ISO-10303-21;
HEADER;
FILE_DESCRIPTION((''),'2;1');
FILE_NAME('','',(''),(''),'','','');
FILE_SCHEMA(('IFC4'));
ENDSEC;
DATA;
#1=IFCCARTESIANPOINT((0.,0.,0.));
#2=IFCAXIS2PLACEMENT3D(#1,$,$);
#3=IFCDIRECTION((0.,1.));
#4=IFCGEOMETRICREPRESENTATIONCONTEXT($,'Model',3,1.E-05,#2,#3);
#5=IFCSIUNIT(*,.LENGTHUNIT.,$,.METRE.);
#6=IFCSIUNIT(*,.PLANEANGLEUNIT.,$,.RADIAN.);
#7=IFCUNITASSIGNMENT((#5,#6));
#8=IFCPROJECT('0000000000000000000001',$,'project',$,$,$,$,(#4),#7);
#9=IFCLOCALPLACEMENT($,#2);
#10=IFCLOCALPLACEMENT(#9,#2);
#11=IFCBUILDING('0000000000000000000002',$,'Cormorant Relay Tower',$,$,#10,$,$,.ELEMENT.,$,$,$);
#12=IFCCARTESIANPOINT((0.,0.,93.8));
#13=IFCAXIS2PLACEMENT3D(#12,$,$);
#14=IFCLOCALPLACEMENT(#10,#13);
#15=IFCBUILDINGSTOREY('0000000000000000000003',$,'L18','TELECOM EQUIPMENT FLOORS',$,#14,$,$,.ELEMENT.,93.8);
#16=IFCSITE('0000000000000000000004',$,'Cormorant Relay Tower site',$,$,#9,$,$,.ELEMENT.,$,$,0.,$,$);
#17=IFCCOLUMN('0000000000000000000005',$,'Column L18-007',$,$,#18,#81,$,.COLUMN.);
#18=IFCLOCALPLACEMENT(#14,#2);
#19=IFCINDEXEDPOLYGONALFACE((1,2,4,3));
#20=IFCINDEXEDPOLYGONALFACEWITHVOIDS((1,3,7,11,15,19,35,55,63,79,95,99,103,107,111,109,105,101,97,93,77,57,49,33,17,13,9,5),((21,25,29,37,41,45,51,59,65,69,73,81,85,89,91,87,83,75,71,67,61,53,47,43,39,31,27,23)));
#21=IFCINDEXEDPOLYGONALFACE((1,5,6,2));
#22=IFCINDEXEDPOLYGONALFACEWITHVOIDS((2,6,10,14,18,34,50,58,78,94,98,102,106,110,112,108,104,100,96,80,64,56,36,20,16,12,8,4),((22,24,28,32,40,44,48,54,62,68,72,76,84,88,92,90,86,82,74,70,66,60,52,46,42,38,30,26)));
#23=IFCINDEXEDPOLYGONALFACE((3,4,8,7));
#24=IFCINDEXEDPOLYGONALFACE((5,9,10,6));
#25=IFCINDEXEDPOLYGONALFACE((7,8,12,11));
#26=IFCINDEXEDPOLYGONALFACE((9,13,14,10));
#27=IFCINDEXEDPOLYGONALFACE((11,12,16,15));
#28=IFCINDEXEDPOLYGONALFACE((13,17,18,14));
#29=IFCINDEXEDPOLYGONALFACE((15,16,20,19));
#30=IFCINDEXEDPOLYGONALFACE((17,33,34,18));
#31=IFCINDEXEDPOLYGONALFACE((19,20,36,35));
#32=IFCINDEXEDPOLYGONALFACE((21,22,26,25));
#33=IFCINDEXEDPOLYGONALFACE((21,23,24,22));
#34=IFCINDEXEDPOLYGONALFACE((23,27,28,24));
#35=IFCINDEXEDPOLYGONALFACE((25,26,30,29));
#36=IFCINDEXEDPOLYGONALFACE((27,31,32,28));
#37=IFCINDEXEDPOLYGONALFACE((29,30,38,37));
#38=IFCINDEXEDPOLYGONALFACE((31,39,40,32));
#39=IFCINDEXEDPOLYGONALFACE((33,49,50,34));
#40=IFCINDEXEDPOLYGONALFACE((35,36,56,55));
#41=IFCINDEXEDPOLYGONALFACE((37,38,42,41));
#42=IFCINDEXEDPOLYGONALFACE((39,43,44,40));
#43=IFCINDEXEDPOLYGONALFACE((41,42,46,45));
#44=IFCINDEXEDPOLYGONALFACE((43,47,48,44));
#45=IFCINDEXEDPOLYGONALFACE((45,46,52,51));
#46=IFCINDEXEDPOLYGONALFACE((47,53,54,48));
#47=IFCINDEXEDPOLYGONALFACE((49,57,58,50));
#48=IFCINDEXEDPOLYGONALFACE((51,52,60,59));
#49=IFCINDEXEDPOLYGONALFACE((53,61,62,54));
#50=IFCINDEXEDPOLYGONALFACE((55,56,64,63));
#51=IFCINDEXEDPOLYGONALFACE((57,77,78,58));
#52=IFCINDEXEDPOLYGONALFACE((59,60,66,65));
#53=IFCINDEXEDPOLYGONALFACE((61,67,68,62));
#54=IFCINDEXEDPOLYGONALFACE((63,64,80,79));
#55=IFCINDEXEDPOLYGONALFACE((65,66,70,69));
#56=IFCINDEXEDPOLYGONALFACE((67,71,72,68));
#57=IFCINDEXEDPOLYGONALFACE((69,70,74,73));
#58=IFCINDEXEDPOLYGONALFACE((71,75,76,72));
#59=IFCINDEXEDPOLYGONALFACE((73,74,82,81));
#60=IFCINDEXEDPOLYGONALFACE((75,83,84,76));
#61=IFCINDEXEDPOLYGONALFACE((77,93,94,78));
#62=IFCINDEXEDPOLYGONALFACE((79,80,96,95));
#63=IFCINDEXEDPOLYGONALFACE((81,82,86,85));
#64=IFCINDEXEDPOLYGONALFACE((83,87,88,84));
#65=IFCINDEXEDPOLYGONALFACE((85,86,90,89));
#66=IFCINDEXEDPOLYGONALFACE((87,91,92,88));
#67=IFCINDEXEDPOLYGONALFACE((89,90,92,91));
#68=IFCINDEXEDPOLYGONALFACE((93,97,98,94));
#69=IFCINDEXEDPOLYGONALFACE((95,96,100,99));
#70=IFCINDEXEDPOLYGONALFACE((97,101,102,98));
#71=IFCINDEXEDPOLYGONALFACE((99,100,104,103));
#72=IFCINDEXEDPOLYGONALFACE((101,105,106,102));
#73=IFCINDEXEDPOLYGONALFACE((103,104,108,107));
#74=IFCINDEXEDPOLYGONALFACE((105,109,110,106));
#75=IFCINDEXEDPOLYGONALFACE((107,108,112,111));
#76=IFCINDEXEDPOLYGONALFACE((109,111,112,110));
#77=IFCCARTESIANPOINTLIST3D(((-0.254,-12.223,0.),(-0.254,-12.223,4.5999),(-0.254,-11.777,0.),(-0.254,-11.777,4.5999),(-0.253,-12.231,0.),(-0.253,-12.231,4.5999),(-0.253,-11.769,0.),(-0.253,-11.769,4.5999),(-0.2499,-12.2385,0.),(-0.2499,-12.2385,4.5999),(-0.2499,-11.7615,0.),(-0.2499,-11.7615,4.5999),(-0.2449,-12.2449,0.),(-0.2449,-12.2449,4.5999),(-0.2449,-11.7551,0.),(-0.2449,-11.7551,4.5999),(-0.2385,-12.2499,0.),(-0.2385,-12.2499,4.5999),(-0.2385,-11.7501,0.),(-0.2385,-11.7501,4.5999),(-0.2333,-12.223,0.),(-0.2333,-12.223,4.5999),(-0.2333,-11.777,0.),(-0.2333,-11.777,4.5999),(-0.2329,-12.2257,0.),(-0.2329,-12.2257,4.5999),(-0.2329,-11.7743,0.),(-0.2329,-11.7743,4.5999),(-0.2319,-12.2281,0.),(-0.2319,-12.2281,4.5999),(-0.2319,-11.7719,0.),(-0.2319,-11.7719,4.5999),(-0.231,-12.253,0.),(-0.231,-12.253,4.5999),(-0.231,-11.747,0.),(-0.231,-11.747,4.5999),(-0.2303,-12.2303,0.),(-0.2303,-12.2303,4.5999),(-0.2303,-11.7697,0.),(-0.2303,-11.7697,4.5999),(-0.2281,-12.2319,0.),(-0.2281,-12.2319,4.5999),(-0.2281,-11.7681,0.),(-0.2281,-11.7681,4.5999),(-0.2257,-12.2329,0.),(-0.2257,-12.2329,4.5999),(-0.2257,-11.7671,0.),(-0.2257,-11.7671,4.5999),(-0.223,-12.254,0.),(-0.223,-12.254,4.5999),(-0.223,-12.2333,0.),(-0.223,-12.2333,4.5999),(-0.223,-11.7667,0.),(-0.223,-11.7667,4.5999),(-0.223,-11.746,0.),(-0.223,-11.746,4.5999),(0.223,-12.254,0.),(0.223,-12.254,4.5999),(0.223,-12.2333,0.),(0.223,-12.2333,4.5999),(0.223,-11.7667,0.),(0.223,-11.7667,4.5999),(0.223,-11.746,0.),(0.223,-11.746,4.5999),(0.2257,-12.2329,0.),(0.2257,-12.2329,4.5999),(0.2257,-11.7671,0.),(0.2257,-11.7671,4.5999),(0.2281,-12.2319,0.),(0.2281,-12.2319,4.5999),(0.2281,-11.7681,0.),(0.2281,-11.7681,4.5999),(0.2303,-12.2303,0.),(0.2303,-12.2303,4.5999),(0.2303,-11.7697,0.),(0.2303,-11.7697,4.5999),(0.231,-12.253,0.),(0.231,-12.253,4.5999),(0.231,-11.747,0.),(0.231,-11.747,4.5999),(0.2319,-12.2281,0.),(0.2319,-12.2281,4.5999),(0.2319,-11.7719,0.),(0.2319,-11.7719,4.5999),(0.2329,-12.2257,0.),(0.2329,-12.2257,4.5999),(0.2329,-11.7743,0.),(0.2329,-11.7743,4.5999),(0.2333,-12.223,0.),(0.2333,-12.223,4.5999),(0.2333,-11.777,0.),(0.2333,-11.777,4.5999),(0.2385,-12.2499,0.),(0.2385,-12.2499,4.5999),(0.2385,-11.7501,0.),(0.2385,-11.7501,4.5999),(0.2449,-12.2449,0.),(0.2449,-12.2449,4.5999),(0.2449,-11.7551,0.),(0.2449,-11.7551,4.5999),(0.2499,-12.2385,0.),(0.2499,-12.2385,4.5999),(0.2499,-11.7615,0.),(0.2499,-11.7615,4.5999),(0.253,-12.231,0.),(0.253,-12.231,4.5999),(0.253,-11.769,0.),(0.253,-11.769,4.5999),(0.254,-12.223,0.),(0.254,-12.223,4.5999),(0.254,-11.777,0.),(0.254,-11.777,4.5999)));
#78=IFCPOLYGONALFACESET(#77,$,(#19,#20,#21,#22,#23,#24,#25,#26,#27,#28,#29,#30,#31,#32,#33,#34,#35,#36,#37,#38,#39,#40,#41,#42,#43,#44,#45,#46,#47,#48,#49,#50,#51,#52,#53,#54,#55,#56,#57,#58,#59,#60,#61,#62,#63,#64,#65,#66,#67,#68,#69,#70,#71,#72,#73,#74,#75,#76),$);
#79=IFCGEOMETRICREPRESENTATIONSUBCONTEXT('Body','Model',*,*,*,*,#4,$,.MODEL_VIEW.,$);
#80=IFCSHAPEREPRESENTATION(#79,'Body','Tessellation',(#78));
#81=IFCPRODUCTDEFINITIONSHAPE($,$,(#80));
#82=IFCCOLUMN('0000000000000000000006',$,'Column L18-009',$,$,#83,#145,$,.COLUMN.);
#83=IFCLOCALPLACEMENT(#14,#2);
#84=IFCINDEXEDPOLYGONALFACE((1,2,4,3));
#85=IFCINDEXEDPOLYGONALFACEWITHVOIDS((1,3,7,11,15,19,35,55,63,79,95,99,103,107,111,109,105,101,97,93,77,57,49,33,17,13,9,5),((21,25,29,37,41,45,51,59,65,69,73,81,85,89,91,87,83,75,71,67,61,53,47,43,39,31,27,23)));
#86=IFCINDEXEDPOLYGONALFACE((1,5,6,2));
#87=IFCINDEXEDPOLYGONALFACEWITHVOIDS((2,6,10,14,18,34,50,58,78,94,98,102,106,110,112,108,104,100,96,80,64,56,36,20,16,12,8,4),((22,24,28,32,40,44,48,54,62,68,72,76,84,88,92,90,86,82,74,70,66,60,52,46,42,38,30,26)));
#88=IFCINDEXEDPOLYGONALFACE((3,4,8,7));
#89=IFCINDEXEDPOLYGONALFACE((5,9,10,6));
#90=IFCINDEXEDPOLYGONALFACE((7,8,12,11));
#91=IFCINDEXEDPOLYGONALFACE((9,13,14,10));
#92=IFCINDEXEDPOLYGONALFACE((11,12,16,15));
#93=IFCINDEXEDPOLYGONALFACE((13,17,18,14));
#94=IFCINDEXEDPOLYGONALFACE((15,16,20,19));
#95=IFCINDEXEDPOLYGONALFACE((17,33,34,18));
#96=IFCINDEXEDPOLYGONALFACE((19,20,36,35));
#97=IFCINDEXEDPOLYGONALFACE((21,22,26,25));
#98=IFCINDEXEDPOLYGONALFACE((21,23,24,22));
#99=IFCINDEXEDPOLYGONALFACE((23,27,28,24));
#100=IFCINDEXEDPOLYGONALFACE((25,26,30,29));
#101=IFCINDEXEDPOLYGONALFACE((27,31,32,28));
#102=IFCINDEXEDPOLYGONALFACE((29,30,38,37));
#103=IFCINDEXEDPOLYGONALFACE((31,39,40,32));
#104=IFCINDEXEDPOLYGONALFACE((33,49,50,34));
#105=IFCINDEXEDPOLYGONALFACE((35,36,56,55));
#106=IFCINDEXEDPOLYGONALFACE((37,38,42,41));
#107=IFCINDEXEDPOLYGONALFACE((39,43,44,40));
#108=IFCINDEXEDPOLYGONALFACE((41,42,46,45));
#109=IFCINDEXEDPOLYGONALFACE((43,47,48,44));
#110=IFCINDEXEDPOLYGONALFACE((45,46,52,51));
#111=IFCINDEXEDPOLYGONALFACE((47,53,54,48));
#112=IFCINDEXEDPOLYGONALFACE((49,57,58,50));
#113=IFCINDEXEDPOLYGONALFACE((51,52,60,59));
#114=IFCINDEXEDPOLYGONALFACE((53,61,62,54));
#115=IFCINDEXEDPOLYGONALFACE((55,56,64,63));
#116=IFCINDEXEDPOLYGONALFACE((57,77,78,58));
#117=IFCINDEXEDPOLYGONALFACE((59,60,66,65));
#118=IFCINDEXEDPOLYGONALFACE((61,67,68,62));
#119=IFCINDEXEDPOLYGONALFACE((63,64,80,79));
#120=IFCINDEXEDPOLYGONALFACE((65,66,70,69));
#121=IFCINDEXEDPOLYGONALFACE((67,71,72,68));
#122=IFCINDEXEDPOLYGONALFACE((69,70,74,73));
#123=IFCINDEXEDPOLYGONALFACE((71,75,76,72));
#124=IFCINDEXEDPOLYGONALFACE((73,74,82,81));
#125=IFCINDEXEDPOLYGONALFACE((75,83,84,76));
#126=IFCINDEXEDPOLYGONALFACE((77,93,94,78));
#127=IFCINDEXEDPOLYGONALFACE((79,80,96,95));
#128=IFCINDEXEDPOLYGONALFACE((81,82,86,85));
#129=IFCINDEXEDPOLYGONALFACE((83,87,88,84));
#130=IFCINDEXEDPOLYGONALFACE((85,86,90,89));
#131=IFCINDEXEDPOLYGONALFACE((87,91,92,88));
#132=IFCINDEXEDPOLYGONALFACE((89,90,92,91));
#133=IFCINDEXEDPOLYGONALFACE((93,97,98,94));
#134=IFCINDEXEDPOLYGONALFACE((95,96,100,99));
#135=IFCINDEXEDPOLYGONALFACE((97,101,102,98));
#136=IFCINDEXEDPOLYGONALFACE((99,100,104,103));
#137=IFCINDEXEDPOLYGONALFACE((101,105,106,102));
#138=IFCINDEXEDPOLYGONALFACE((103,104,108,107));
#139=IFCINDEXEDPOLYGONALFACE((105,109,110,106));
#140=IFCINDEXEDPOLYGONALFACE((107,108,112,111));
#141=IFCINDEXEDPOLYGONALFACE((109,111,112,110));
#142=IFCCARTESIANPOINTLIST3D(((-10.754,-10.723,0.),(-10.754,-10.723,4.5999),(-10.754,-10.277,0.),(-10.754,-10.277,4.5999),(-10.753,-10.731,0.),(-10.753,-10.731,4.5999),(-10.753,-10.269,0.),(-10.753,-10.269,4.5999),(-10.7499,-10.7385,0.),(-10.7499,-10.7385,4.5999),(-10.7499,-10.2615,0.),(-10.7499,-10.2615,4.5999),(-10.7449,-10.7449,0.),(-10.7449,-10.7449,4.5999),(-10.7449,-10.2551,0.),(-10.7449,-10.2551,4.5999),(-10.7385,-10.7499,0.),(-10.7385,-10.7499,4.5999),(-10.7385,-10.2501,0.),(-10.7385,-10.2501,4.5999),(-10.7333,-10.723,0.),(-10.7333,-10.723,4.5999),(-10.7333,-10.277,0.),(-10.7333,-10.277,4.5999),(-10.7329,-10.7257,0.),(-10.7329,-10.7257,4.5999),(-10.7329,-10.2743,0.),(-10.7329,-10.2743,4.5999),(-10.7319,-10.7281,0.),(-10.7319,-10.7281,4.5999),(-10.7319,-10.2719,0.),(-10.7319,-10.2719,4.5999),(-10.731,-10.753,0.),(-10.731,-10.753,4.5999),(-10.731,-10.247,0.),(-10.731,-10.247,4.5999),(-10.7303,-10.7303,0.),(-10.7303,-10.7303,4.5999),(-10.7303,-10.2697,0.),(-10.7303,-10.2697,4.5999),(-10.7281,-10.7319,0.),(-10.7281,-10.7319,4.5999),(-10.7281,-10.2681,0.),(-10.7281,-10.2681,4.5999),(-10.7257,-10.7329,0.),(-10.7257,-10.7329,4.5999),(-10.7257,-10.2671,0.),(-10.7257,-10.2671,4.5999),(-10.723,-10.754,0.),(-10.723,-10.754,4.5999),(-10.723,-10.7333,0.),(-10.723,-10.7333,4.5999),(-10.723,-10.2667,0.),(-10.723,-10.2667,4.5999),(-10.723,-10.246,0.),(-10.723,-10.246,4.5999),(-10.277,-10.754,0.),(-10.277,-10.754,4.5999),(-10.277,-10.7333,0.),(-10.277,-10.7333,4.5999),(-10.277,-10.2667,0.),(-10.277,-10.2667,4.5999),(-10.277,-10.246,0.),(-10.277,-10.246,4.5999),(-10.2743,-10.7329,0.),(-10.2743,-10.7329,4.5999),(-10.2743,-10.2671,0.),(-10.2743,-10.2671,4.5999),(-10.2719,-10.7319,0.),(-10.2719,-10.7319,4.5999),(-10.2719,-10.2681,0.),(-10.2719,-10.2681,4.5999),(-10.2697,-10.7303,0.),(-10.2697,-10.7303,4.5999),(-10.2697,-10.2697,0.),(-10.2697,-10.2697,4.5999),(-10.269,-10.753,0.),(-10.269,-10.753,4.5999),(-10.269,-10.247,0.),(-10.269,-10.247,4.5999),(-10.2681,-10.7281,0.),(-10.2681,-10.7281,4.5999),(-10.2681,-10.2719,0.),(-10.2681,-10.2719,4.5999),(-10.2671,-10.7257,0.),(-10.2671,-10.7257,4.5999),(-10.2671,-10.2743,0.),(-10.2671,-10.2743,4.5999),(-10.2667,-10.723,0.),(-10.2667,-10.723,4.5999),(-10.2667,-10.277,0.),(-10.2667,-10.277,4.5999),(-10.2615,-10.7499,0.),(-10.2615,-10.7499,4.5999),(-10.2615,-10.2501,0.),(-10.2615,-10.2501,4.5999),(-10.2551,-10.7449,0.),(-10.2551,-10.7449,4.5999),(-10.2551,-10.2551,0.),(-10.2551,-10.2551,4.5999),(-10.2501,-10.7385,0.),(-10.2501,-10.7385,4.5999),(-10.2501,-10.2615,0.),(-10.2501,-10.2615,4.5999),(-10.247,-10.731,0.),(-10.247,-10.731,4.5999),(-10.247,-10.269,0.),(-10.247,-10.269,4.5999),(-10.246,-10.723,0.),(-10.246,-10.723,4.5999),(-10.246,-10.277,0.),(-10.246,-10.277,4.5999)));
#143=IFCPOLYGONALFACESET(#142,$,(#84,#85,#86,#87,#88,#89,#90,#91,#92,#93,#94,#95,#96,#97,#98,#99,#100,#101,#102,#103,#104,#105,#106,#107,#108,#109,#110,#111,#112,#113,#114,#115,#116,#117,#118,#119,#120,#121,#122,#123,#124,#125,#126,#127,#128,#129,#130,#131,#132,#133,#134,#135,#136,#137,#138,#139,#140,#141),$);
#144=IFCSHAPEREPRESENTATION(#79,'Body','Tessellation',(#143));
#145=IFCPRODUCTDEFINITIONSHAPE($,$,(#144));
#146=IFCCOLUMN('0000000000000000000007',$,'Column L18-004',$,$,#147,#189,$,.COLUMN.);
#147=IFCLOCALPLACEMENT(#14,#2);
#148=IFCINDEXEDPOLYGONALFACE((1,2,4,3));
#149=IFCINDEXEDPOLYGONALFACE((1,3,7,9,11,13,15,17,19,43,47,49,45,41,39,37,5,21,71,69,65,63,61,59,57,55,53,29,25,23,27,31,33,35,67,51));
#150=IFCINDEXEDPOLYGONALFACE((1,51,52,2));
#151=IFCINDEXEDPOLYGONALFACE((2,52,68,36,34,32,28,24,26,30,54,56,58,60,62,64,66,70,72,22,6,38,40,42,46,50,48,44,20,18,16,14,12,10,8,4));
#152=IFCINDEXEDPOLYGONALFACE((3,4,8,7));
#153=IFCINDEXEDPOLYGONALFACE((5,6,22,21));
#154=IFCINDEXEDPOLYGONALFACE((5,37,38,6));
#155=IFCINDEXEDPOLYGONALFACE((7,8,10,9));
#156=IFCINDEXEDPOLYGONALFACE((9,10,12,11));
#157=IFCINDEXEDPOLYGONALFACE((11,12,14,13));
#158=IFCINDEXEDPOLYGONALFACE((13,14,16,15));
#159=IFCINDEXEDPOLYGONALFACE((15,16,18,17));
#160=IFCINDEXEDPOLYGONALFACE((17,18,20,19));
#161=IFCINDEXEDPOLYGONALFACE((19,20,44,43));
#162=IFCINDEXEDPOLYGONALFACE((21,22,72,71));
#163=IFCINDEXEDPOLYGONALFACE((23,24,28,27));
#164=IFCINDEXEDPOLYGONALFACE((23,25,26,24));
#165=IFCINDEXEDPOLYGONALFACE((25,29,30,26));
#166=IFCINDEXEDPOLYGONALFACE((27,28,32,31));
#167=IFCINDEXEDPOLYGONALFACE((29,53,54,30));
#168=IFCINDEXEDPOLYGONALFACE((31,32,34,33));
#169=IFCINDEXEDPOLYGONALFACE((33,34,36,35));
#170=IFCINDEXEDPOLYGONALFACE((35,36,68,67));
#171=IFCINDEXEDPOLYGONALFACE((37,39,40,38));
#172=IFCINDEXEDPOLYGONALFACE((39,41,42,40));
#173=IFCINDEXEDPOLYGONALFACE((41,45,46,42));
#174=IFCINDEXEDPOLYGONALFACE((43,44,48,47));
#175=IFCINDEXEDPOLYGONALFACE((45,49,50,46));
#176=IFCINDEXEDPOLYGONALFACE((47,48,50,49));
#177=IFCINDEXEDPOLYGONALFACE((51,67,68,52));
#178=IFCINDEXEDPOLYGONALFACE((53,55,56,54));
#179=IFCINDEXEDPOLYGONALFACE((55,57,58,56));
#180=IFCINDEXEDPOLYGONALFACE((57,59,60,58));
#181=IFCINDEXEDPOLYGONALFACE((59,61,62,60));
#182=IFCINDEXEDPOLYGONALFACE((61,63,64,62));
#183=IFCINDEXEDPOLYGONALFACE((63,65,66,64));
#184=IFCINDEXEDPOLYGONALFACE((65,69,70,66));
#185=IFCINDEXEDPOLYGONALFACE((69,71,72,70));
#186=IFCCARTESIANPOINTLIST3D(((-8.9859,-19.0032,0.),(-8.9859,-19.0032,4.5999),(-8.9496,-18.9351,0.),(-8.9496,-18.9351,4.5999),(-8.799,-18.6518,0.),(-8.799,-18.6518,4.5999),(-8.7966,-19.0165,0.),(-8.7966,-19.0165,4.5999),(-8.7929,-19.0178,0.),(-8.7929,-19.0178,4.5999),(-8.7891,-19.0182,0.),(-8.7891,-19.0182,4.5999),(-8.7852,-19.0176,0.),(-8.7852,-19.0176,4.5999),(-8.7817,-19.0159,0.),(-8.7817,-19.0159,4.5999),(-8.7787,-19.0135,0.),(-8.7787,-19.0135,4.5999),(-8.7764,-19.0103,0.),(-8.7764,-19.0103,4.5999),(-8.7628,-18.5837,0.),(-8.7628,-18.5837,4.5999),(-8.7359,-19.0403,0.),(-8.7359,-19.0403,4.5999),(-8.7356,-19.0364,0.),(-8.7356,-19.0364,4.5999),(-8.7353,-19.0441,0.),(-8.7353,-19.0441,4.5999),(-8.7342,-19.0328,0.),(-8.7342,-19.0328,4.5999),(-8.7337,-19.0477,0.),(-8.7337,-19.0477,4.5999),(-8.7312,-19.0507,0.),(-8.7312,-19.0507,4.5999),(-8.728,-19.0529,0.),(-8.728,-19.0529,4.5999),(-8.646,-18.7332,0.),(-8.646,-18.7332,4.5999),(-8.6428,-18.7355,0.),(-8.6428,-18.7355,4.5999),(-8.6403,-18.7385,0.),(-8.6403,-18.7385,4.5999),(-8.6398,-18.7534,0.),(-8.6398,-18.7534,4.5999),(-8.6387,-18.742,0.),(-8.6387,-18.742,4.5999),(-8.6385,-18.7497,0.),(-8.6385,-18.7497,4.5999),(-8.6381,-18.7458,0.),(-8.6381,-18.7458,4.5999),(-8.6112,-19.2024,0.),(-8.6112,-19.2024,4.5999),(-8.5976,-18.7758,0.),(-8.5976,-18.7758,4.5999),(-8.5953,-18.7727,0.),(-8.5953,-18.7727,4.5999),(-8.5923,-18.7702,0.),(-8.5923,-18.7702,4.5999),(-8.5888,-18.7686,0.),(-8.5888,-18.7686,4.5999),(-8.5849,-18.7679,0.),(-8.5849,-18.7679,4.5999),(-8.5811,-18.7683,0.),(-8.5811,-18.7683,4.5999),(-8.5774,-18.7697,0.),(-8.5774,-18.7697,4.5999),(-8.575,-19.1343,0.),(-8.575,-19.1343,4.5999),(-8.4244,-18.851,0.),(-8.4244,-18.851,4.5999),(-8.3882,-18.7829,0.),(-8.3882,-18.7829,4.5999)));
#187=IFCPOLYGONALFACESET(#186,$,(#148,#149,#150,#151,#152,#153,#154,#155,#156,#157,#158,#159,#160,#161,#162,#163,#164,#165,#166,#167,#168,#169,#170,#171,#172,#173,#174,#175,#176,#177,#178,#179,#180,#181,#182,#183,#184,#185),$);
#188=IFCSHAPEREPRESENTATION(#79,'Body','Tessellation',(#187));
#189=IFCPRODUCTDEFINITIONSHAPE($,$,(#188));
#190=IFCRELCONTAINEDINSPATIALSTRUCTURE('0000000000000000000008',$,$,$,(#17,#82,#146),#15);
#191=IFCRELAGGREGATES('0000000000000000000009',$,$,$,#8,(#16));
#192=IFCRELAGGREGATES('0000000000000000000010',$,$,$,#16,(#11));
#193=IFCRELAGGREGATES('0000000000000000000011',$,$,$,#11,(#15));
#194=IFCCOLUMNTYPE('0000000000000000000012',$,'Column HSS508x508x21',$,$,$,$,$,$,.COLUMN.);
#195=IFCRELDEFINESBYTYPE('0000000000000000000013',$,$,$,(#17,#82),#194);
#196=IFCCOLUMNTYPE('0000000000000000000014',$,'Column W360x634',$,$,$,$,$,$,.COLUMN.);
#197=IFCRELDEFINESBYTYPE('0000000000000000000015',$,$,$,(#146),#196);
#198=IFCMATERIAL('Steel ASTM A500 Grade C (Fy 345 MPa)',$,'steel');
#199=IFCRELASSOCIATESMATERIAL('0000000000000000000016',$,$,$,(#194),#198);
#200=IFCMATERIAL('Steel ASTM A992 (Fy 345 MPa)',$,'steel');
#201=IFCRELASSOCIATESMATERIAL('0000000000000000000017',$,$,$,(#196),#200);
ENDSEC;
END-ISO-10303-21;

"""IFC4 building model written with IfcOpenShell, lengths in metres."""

from ifc_helpers import new_model, si_unit, direction, frame, origin, origin_2d, place, context, subcontext, project, spatial, hollow_rectangle, i_section, extrude, material, material_profile, profile_set, type_object, element, save


model = new_model("IFC4")

# Units and contexts
model_context = context("Model", 3, precision=1e-05, world=origin(), true_north=direction((0.0, 1.0)))
body_context = subcontext(model_context, "Body", "Model", "MODEL_VIEW")
ifc_project = project(units=[si_unit("LENGTHUNIT", "METRE"), si_unit("PLANEANGLEUNIT", "RADIAN")], contexts=[model_context])

# Site, building, storey
site_placement = place(None, origin())
site = spatial("IfcSite", under=ifc_project, at=site_placement, Name="Cormorant Relay Tower site", CompositionType="ELEMENT", RefElevation=0.0)
building_placement = place(site_placement, origin())
building = spatial("IfcBuilding", under=site, at=building_placement, Name="Cormorant Relay Tower", CompositionType="ELEMENT")
storey_placement = place(building_placement, frame((0.0, 0.0, 93.8)))
storey = spatial("IfcBuildingStorey", under=building, at=storey_placement, Name="L18", Description="TELECOM EQUIPMENT FLOORS", CompositionType="ELEMENT", Elevation=93.8)

# Columns
ifc_material_1 = material(Name="Steel ASTM A500 Grade C (Fy 345 MPa)", Category="steel")
ifc_material_profile_1 = material_profile(ifc_material_1, hollow_rectangle(XDim=0.5081, YDim=0.5081, WallThickness=0.0208, InnerFilletRadius=0.0103, OuterFilletRadius=0.031, at=origin_2d()), Name="HSS508x508x21")
ifc_profile_set_1 = profile_set([ifc_material_profile_1], Name="Steel ASTM A500 Grade C (Fy 345 MPa)")
column_type_1 = type_object("IfcColumnType", Name="Column HSS508x508x21", PredefinedType="COLUMN", material=ifc_profile_set_1)
for number, where, z_axis, x_axis, name in (
    (1, (0.0, -12.0, 0.0), (0.0, 0.0, 1.0), (1.0, 0.0, 0.0), "Column L18-007"),
    (2, (-10.5, -10.5, 0.0), (0.0, 0.0, 1.0), (1.0, 0.0, 0.0), "Column L18-009"),
):
    element("IfcColumn", number, at=place(storey_placement, frame(where, z_axis=z_axis, x_axis=x_axis)), inside=storey, type_object=column_type_1, Name=name, PredefinedType="COLUMN", context=body_context, shape_type="SweptSolid", body=[
        extrude(hollow_rectangle(XDim=0.5081, YDim=0.5081, WallThickness=0.0208, InnerFilletRadius=0.0103, OuterFilletRadius=0.031, at=origin_2d()), origin(), (0.0, 0.0, 1.0), 4.5999),
    ])
ifc_material_2 = material(Name="Steel ASTM A992 (Fy 345 MPa)", Category="steel")
ifc_material_profile_2 = material_profile(ifc_material_2, i_section(OverallWidth=0.4243, OverallDepth=0.4751, WebThickness=0.0479, FlangeThickness=0.0771, FilletRadius=0.0149, at=origin_2d()), Name="W360x634")
ifc_profile_set_2 = profile_set([ifc_material_profile_2], Name="Steel ASTM A992 (Fy 345 MPa)")
column_type_2 = type_object("IfcColumnType", Name="Column W360x634", PredefinedType="COLUMN", material=ifc_profile_set_2)
for number, where, z_axis, x_axis, name in (
    (3, (-8.687, -18.8931, 0.0), (0.0, 0.0, 1.0), (0.882948, -0.469472, 0.0), "Column L18-004"),
):
    element("IfcColumn", number, at=place(storey_placement, frame(where, z_axis=z_axis, x_axis=x_axis)), inside=storey, type_object=column_type_2, Name=name, PredefinedType="COLUMN", context=body_context, shape_type="SweptSolid", body=[
        extrude(i_section(OverallWidth=0.4243, OverallDepth=0.4751, WebThickness=0.0479, FlangeThickness=0.0771, FilletRadius=0.0149, at=origin_2d()), origin(), (0.0, 0.0, 1.0), 4.5999),
    ])

save(model, "model.ifc")
